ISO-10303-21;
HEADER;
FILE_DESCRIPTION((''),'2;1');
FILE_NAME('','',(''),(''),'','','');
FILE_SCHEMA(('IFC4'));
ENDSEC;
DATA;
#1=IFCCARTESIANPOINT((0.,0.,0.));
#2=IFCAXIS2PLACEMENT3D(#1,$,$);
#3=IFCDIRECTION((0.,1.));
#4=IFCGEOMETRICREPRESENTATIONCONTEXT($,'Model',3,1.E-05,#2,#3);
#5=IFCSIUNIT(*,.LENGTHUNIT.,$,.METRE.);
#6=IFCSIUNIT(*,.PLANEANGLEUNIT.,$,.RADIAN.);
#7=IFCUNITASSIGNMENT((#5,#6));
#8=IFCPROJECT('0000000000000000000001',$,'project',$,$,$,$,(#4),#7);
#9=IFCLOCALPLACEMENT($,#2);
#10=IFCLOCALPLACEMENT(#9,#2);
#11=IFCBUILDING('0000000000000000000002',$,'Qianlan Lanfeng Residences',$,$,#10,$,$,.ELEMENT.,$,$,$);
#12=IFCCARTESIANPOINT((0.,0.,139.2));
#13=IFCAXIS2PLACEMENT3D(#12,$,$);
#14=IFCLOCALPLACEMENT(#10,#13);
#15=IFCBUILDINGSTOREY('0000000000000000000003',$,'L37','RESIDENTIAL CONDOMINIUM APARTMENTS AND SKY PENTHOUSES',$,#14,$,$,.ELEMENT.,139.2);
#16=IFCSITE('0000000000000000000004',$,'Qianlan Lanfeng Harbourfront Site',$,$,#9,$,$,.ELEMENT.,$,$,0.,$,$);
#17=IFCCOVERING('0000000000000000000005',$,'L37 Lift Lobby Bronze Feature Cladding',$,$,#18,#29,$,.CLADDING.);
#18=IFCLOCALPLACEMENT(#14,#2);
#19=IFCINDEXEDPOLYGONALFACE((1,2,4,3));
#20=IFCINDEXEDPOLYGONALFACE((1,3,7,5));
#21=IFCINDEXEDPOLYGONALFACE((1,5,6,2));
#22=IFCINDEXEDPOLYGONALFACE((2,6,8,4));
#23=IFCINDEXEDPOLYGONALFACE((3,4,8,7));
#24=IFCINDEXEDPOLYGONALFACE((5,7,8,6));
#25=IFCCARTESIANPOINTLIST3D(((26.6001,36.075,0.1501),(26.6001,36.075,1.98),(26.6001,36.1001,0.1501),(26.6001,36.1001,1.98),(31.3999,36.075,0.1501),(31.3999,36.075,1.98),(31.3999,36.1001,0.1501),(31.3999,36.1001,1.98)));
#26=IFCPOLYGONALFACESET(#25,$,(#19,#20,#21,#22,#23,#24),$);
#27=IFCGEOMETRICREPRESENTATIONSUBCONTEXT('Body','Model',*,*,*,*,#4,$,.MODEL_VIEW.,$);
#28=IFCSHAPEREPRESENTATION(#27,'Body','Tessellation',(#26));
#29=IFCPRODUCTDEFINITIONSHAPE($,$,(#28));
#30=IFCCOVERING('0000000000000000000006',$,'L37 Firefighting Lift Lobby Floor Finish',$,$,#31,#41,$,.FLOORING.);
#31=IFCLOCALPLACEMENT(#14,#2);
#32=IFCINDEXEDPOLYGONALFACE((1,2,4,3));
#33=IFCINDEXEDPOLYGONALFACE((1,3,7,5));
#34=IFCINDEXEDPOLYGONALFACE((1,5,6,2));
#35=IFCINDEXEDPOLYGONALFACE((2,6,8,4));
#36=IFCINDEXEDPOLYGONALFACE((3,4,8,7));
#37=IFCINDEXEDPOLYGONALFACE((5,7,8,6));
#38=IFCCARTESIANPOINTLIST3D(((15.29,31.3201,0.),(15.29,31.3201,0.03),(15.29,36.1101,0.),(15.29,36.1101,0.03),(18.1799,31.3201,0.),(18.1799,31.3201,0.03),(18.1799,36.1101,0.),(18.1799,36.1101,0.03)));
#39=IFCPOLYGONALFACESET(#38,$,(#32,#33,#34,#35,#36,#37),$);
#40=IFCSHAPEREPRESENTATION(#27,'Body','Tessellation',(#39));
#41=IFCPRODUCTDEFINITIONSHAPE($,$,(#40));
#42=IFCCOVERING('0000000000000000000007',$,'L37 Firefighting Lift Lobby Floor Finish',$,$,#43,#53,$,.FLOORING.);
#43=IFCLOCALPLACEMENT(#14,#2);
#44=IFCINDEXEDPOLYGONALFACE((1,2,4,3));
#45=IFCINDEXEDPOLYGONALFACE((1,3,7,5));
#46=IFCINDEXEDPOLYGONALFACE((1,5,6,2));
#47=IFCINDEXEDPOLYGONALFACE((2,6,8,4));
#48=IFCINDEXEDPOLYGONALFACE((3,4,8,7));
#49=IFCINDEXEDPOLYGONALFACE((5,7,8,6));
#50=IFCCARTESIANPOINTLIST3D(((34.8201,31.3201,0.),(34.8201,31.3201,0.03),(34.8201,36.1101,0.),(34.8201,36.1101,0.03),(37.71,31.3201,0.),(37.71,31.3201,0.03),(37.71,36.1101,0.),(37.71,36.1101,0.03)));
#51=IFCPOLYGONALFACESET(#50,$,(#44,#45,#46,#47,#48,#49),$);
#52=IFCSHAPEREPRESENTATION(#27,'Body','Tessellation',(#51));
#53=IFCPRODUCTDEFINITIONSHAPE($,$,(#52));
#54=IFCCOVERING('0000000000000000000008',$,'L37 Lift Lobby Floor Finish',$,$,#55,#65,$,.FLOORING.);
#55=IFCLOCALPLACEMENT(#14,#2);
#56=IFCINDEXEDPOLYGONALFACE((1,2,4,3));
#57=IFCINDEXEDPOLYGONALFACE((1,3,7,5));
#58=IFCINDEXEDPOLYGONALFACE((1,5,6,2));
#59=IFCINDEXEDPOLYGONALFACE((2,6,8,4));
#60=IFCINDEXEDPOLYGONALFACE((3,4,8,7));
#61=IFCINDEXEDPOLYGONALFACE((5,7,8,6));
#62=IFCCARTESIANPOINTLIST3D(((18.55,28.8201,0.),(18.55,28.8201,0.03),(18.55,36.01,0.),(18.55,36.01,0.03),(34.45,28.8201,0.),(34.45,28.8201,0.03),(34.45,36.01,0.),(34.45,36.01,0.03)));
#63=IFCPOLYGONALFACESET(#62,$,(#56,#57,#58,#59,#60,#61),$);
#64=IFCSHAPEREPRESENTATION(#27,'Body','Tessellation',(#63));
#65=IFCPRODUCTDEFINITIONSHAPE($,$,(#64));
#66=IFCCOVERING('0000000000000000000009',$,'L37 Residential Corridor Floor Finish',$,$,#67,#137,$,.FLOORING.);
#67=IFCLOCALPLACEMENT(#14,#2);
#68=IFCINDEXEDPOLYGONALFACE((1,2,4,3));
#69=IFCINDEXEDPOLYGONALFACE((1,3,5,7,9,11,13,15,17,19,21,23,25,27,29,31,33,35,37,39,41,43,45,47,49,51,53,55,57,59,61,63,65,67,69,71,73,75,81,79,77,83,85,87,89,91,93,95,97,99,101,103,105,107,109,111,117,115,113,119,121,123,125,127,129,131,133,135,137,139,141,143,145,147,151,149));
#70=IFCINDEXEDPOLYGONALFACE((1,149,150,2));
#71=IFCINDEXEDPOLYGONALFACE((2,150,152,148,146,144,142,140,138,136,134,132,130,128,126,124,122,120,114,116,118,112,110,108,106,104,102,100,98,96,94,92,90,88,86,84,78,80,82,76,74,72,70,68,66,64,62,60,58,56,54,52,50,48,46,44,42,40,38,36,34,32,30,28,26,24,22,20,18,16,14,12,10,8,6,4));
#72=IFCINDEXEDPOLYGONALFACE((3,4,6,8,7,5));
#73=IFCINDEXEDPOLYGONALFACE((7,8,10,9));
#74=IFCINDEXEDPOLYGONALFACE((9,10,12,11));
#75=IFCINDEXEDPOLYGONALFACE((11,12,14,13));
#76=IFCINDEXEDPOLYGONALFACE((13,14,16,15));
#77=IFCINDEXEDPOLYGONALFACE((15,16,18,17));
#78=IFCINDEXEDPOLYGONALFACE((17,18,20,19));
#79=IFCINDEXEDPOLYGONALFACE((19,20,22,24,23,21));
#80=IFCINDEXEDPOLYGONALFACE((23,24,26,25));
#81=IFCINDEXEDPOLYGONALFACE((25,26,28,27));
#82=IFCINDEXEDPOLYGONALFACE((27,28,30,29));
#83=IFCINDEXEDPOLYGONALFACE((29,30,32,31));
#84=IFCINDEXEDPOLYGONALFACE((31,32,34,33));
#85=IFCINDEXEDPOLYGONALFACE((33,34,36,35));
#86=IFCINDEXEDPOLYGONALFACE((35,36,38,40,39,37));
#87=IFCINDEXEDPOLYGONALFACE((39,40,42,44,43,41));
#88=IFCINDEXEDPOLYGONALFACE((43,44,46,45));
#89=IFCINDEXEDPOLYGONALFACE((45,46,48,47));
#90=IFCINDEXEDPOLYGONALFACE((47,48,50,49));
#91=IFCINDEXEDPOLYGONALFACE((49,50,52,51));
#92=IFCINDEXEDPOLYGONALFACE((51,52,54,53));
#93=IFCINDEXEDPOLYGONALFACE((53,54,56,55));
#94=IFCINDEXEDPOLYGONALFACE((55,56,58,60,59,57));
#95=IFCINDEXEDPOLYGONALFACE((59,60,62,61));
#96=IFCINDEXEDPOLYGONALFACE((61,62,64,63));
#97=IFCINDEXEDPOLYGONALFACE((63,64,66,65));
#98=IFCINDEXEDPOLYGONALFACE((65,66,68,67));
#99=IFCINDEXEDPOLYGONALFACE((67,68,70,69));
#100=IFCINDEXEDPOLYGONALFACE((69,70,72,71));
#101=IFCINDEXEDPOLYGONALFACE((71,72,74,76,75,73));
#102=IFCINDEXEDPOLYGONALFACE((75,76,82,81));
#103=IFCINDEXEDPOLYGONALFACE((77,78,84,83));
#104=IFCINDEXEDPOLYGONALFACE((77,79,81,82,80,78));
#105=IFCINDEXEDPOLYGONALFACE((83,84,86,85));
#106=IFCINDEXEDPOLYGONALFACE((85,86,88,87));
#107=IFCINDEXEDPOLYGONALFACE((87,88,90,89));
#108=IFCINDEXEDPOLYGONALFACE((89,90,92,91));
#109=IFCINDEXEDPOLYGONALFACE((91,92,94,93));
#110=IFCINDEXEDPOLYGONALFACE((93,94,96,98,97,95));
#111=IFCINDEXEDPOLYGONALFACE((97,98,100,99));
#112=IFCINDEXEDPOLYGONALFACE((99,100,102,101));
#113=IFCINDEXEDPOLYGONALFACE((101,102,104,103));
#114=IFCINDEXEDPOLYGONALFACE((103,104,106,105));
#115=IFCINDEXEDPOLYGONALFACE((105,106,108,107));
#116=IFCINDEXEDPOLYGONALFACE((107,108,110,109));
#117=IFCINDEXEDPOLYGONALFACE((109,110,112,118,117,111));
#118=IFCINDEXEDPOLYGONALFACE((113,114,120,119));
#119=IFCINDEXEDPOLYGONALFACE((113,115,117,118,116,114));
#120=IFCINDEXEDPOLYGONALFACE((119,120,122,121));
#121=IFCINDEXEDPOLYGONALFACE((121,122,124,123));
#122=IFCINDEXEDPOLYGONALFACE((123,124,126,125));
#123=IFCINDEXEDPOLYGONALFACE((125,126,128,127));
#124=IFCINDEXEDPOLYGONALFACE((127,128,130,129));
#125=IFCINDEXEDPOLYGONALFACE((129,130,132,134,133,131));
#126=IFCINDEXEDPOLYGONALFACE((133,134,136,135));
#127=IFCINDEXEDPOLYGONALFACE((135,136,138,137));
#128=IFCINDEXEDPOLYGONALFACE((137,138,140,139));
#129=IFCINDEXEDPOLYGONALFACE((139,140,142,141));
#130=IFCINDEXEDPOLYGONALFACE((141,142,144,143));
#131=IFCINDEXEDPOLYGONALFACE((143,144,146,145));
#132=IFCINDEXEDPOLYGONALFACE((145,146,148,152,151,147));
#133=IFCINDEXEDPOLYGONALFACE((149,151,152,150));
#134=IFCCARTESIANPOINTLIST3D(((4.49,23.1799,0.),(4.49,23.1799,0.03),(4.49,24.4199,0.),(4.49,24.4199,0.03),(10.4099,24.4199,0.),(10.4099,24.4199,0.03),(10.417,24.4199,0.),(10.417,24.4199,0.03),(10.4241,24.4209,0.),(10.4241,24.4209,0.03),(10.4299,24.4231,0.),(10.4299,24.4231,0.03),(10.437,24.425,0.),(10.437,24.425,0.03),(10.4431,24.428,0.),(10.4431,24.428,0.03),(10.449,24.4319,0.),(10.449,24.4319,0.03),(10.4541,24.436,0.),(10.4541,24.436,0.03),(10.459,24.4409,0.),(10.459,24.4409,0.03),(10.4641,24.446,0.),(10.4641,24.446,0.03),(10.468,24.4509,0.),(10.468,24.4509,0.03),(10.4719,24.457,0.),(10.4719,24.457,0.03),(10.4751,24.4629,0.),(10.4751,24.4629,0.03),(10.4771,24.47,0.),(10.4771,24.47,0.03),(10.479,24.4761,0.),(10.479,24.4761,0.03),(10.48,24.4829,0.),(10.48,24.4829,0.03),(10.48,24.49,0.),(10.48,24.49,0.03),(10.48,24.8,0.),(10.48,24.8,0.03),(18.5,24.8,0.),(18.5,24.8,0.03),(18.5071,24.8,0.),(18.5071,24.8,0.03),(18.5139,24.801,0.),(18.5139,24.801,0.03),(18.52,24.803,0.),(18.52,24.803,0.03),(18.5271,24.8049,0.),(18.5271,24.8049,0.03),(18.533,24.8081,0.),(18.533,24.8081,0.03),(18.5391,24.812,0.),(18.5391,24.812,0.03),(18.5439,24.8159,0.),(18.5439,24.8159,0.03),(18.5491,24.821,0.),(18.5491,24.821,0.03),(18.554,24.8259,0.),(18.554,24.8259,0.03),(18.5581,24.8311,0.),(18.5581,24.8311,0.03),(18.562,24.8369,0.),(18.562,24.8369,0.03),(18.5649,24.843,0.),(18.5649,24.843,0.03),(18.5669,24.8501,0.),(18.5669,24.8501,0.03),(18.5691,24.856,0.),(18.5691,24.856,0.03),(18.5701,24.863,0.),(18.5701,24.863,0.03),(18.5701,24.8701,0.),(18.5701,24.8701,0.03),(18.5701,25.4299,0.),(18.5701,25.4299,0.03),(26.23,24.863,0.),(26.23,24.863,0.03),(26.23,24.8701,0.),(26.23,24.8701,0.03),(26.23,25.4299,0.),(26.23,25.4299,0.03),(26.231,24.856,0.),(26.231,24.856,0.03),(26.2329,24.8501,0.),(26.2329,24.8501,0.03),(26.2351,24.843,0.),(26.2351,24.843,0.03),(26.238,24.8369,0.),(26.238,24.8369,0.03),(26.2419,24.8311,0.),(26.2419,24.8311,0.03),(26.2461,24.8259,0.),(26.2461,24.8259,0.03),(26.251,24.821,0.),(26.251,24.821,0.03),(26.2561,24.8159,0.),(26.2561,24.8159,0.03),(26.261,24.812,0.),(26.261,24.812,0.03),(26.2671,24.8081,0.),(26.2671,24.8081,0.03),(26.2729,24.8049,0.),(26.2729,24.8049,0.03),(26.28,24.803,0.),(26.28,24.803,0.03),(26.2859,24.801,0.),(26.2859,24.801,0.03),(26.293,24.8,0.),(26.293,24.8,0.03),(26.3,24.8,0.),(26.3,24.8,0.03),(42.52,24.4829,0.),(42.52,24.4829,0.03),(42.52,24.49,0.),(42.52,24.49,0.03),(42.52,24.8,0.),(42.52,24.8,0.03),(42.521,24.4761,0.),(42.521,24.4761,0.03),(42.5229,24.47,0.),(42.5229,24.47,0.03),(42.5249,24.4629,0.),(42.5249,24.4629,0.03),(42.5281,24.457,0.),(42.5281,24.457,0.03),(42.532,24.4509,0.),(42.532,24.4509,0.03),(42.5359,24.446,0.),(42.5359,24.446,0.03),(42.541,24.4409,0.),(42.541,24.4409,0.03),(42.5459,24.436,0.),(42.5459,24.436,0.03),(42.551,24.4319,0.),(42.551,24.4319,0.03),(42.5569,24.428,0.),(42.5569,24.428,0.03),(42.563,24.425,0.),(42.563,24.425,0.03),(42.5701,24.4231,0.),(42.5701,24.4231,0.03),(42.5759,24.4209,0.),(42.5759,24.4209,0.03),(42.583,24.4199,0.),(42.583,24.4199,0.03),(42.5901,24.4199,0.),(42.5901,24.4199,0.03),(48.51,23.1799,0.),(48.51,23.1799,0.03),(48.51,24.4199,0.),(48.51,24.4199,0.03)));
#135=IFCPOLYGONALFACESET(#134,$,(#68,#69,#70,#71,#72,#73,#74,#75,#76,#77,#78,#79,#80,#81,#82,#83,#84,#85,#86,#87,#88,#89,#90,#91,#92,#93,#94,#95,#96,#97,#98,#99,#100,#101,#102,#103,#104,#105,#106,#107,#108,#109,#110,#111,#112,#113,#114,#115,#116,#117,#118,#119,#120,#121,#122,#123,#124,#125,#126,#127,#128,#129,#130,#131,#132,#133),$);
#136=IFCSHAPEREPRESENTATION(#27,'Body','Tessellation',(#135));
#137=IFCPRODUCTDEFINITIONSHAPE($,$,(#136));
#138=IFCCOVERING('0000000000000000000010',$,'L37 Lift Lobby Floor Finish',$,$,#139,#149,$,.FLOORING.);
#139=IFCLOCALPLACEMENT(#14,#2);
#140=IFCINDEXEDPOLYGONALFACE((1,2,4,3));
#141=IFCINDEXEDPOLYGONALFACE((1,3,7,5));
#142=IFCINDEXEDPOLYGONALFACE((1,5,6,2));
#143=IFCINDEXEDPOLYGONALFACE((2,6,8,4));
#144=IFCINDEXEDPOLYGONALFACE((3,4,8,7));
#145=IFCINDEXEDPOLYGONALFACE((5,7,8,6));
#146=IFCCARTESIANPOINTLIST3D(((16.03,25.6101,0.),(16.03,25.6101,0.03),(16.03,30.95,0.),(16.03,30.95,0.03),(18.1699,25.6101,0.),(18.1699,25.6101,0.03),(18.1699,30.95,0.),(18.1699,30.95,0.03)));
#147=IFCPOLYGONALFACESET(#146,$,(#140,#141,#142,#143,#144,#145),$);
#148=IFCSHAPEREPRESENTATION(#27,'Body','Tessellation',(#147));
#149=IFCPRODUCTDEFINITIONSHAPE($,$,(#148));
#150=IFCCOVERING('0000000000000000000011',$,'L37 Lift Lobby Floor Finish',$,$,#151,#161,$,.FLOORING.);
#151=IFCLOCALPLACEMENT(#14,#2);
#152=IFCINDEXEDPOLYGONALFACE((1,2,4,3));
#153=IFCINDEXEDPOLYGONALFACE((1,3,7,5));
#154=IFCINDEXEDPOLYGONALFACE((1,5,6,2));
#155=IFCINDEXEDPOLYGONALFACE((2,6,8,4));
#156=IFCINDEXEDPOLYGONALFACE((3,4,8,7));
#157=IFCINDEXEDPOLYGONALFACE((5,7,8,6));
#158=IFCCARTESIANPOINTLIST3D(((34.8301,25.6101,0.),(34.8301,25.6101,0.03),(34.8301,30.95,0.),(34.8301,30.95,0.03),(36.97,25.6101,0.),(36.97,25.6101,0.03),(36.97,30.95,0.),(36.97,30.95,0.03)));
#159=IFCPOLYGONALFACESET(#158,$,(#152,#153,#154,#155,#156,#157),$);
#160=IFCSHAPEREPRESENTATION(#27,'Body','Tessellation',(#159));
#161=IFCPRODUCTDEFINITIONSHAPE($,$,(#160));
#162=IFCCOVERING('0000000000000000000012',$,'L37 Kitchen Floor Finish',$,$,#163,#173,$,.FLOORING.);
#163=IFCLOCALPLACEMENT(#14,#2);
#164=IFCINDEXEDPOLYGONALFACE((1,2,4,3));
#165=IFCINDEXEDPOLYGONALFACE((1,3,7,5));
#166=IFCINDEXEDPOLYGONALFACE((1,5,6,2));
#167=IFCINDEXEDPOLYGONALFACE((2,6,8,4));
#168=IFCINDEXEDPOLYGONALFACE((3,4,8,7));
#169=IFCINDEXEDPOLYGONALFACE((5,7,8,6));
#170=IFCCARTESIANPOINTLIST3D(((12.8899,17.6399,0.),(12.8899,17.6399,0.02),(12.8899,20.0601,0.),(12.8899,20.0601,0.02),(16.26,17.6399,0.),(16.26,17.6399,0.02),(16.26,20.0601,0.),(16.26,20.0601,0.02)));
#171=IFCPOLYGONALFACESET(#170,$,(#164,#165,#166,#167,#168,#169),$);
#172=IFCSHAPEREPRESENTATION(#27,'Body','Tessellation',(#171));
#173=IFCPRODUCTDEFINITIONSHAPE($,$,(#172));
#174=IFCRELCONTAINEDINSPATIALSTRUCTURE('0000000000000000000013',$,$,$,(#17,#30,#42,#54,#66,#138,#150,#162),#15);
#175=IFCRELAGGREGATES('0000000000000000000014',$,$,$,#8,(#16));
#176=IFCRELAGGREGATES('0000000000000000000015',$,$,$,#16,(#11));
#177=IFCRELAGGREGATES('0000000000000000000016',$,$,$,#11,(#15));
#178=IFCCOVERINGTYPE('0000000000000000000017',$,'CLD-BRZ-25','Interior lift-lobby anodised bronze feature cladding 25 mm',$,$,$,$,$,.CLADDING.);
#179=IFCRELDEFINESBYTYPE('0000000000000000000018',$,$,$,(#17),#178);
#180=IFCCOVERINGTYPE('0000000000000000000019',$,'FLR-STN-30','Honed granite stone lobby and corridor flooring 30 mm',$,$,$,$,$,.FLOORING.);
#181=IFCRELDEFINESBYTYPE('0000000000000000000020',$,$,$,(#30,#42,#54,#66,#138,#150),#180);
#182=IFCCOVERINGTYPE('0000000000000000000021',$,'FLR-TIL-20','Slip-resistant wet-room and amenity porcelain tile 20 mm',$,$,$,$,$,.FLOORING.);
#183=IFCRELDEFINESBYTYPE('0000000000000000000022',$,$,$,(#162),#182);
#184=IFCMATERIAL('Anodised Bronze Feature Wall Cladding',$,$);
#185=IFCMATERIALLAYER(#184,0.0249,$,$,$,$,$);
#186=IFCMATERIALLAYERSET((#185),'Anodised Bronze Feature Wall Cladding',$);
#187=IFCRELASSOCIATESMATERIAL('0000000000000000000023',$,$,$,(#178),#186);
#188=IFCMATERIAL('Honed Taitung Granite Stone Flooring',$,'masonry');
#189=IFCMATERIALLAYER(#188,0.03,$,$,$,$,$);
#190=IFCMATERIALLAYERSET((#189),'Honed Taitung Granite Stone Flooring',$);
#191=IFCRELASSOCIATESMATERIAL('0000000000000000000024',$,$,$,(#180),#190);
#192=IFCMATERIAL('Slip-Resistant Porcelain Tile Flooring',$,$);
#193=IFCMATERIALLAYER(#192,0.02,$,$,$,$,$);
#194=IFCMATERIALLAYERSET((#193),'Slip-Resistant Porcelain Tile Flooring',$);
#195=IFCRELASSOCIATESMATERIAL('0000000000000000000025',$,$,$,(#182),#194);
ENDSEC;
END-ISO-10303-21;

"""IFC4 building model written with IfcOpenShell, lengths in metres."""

from ifc_helpers import new_model, si_unit, direction, frame, origin, place, context, subcontext, project, spatial, polyline, outline, extrude, material, layer, layer_set, type_object, element, save


model = new_model("IFC4")

# Units and contexts
model_context = context("Model", 3, precision=1e-05, world=origin(), true_north=direction((0.0, 1.0)))
body_context = subcontext(model_context, "Body", "Model", "MODEL_VIEW")
ifc_project = project(units=[si_unit("LENGTHUNIT", "METRE"), si_unit("PLANEANGLEUNIT", "RADIAN")], contexts=[model_context])

# Site, building, storey
site_placement = place(None, origin())
site = spatial("IfcSite", under=ifc_project, at=site_placement, Name="Qianlan Lanfeng Harbourfront Site", CompositionType="ELEMENT", RefElevation=0.0)
building_placement = place(site_placement, origin())
building = spatial("IfcBuilding", under=site, at=building_placement, Name="Qianlan Lanfeng Residences", CompositionType="ELEMENT")
storey_placement = place(building_placement, frame((0.0, 0.0, 139.2)))
storey = spatial("IfcBuildingStorey", under=building, at=storey_placement, Name="L37", Description="RESIDENTIAL CONDOMINIUM APARTMENTS AND SKY PENTHOUSES", CompositionType="ELEMENT", Elevation=139.2)

# Coverings
ifc_material_1 = material(Name="Anodised Bronze Feature Wall Cladding")
ifc_layer_1 = layer(ifc_material_1, 0.0249)
ifc_layer_set_1 = layer_set([ifc_layer_1], Name="Anodised Bronze Feature Wall Cladding")
covering_type_1 = type_object("IfcCoveringType", Name="CLD-BRZ-25", Description="Interior lift-lobby anodised bronze feature cladding 25 mm", PredefinedType="CLADDING", material=ifc_layer_set_1)
covering_1_placement = place(storey_placement, frame((0.0, 0.0, 0.1501)))
element("IfcCovering", 1, at=covering_1_placement, inside=storey, type_object=covering_type_1, Name="L37 Lift Lobby Bronze Feature Cladding", PredefinedType="CLADDING", context=body_context, shape_type="SweptSolid", body=[
    extrude(outline(polyline([(26.6001, 36.075), (31.3999, 36.075), (31.3999, 36.1001), (26.6001, 36.1001), (26.6001, 36.075)])), origin(), (0.0, 0.0, 1.0), 1.8298),
])
ifc_material_2 = material(Name="Honed Taitung Granite Stone Flooring", Category="masonry")
ifc_layer_2 = layer(ifc_material_2, 0.03)
ifc_layer_set_2 = layer_set([ifc_layer_2], Name="Honed Taitung Granite Stone Flooring")
covering_type_2 = type_object("IfcCoveringType", Name="FLR-STN-30", Description="Honed granite stone lobby and corridor flooring 30 mm", PredefinedType="FLOORING", material=ifc_layer_set_2)
covering_2_placement = place(storey_placement, origin())
element("IfcCovering", 2, at=covering_2_placement, inside=storey, type_object=covering_type_2, Name="L37 Firefighting Lift Lobby Floor Finish", PredefinedType="FLOORING", context=body_context, shape_type="SweptSolid", body=[
    extrude(outline(polyline([(15.29, 31.3201), (18.1799, 31.3201), (18.1799, 36.1101), (15.29, 36.1101), (15.29, 31.3201)])), origin(), (0.0, 0.0, 1.0), 0.03),
])
covering_3_placement = place(storey_placement, origin())
element("IfcCovering", 3, at=covering_3_placement, inside=storey, type_object=covering_type_2, Name="L37 Firefighting Lift Lobby Floor Finish", PredefinedType="FLOORING", context=body_context, shape_type="SweptSolid", body=[
    extrude(outline(polyline([(34.8201, 31.3201), (37.71, 31.3201), (37.71, 36.1101), (34.8201, 36.1101), (34.8201, 31.3201)])), origin(), (0.0, 0.0, 1.0), 0.03),
])
covering_4_placement = place(storey_placement, origin())
element("IfcCovering", 4, at=covering_4_placement, inside=storey, type_object=covering_type_2, Name="L37 Lift Lobby Floor Finish", PredefinedType="FLOORING", context=body_context, shape_type="SweptSolid", body=[
    extrude(outline(polyline([(18.55, 28.8201), (34.45, 28.8201), (34.45, 36.01), (18.55, 36.01), (18.55, 28.8201)])), origin(), (0.0, 0.0, 1.0), 0.03),
])
covering_5_placement = place(storey_placement, origin())
element("IfcCovering", 5, at=covering_5_placement, inside=storey, type_object=covering_type_2, Name="L37 Residential Corridor Floor Finish", PredefinedType="FLOORING", context=body_context, shape_type="SweptSolid", body=[
    extrude(outline(polyline([(4.49, 23.1799), (48.51, 23.1799), (48.51, 24.4199), (42.5901, 24.4199), (42.583, 24.4199), (42.5759, 24.4209), (42.5701, 24.4231), (42.563, 24.425), (42.5569, 24.428), (42.551, 24.4319), (42.5459, 24.436), (42.541, 24.4409), (42.5359, 24.446), (42.532, 24.4509), (42.5281, 24.457), (42.5249, 24.4629), (42.5229, 24.47), (42.521, 24.4761), (42.52, 24.4829), (42.52, 24.49), (42.52, 24.8), (26.3, 24.8), (26.293, 24.8), (26.2859, 24.801), (26.28, 24.803), (26.2729, 24.8049), (26.2671, 24.8081), (26.261, 24.812), (26.2561, 24.8159), (26.251, 24.821), (26.2461, 24.8259), (26.2419, 24.8311), (26.238, 24.8369), (26.2351, 24.843), (26.2329, 24.8501), (26.231, 24.856), (26.23, 24.863), (26.23, 24.8701), (26.23, 25.4299), (18.5701, 25.4299), (18.5701, 24.8701), (18.5701, 24.863), (18.5691, 24.856), (18.5669, 24.8501), (18.5649, 24.843), (18.562, 24.8369), (18.5581, 24.8311), (18.554, 24.8259), (18.5491, 24.821), (18.5439, 24.8159), (18.5391, 24.812), (18.533, 24.8081), (18.5271, 24.8049), (18.52, 24.803), (18.5139, 24.801), (18.5071, 24.8), (18.5, 24.8), (10.48, 24.8), (10.48, 24.49), (10.48, 24.4829), (10.479, 24.4761), (10.4771, 24.47), (10.4751, 24.4629), (10.4719, 24.457), (10.468, 24.4509), (10.4641, 24.446), (10.459, 24.4409), (10.4541, 24.436), (10.449, 24.4319), (10.4431, 24.428), (10.437, 24.425), (10.4299, 24.4231), (10.4241, 24.4209), (10.417, 24.4199), (10.4099, 24.4199), (4.49, 24.4199), (4.49, 23.1799)])), origin(), (0.0, 0.0, 1.0), 0.03),
])
covering_6_placement = place(storey_placement, origin())
element("IfcCovering", 6, at=covering_6_placement, inside=storey, type_object=covering_type_2, Name="L37 Lift Lobby Floor Finish", PredefinedType="FLOORING", context=body_context, shape_type="SweptSolid", body=[
    extrude(outline(polyline([(16.03, 25.6101), (18.1699, 25.6101), (18.1699, 30.95), (16.03, 30.95), (16.03, 25.6101)])), origin(), (0.0, 0.0, 1.0), 0.03),
])
covering_7_placement = place(storey_placement, origin())
element("IfcCovering", 7, at=covering_7_placement, inside=storey, type_object=covering_type_2, Name="L37 Lift Lobby Floor Finish", PredefinedType="FLOORING", context=body_context, shape_type="SweptSolid", body=[
    extrude(outline(polyline([(34.8301, 25.6101), (36.97, 25.6101), (36.97, 30.95), (34.8301, 30.95), (34.8301, 25.6101)])), origin(), (0.0, 0.0, 1.0), 0.03),
])
ifc_material_3 = material(Name="Slip-Resistant Porcelain Tile Flooring")
ifc_layer_3 = layer(ifc_material_3, 0.02)
ifc_layer_set_3 = layer_set([ifc_layer_3], Name="Slip-Resistant Porcelain Tile Flooring")
covering_type_3 = type_object("IfcCoveringType", Name="FLR-TIL-20", Description="Slip-resistant wet-room and amenity porcelain tile 20 mm", PredefinedType="FLOORING", material=ifc_layer_set_3)
covering_8_placement = place(storey_placement, origin())
element("IfcCovering", 8, at=covering_8_placement, inside=storey, type_object=covering_type_3, Name="L37 Kitchen Floor Finish", PredefinedType="FLOORING", context=body_context, shape_type="SweptSolid", body=[
    extrude(outline(polyline([(12.8899, 17.6399), (16.26, 17.6399), (16.26, 20.0601), (12.8899, 20.0601), (12.8899, 17.6399)])), origin(), (0.0, 0.0, 1.0), 0.02),
])

save(model, "model.ifc")
